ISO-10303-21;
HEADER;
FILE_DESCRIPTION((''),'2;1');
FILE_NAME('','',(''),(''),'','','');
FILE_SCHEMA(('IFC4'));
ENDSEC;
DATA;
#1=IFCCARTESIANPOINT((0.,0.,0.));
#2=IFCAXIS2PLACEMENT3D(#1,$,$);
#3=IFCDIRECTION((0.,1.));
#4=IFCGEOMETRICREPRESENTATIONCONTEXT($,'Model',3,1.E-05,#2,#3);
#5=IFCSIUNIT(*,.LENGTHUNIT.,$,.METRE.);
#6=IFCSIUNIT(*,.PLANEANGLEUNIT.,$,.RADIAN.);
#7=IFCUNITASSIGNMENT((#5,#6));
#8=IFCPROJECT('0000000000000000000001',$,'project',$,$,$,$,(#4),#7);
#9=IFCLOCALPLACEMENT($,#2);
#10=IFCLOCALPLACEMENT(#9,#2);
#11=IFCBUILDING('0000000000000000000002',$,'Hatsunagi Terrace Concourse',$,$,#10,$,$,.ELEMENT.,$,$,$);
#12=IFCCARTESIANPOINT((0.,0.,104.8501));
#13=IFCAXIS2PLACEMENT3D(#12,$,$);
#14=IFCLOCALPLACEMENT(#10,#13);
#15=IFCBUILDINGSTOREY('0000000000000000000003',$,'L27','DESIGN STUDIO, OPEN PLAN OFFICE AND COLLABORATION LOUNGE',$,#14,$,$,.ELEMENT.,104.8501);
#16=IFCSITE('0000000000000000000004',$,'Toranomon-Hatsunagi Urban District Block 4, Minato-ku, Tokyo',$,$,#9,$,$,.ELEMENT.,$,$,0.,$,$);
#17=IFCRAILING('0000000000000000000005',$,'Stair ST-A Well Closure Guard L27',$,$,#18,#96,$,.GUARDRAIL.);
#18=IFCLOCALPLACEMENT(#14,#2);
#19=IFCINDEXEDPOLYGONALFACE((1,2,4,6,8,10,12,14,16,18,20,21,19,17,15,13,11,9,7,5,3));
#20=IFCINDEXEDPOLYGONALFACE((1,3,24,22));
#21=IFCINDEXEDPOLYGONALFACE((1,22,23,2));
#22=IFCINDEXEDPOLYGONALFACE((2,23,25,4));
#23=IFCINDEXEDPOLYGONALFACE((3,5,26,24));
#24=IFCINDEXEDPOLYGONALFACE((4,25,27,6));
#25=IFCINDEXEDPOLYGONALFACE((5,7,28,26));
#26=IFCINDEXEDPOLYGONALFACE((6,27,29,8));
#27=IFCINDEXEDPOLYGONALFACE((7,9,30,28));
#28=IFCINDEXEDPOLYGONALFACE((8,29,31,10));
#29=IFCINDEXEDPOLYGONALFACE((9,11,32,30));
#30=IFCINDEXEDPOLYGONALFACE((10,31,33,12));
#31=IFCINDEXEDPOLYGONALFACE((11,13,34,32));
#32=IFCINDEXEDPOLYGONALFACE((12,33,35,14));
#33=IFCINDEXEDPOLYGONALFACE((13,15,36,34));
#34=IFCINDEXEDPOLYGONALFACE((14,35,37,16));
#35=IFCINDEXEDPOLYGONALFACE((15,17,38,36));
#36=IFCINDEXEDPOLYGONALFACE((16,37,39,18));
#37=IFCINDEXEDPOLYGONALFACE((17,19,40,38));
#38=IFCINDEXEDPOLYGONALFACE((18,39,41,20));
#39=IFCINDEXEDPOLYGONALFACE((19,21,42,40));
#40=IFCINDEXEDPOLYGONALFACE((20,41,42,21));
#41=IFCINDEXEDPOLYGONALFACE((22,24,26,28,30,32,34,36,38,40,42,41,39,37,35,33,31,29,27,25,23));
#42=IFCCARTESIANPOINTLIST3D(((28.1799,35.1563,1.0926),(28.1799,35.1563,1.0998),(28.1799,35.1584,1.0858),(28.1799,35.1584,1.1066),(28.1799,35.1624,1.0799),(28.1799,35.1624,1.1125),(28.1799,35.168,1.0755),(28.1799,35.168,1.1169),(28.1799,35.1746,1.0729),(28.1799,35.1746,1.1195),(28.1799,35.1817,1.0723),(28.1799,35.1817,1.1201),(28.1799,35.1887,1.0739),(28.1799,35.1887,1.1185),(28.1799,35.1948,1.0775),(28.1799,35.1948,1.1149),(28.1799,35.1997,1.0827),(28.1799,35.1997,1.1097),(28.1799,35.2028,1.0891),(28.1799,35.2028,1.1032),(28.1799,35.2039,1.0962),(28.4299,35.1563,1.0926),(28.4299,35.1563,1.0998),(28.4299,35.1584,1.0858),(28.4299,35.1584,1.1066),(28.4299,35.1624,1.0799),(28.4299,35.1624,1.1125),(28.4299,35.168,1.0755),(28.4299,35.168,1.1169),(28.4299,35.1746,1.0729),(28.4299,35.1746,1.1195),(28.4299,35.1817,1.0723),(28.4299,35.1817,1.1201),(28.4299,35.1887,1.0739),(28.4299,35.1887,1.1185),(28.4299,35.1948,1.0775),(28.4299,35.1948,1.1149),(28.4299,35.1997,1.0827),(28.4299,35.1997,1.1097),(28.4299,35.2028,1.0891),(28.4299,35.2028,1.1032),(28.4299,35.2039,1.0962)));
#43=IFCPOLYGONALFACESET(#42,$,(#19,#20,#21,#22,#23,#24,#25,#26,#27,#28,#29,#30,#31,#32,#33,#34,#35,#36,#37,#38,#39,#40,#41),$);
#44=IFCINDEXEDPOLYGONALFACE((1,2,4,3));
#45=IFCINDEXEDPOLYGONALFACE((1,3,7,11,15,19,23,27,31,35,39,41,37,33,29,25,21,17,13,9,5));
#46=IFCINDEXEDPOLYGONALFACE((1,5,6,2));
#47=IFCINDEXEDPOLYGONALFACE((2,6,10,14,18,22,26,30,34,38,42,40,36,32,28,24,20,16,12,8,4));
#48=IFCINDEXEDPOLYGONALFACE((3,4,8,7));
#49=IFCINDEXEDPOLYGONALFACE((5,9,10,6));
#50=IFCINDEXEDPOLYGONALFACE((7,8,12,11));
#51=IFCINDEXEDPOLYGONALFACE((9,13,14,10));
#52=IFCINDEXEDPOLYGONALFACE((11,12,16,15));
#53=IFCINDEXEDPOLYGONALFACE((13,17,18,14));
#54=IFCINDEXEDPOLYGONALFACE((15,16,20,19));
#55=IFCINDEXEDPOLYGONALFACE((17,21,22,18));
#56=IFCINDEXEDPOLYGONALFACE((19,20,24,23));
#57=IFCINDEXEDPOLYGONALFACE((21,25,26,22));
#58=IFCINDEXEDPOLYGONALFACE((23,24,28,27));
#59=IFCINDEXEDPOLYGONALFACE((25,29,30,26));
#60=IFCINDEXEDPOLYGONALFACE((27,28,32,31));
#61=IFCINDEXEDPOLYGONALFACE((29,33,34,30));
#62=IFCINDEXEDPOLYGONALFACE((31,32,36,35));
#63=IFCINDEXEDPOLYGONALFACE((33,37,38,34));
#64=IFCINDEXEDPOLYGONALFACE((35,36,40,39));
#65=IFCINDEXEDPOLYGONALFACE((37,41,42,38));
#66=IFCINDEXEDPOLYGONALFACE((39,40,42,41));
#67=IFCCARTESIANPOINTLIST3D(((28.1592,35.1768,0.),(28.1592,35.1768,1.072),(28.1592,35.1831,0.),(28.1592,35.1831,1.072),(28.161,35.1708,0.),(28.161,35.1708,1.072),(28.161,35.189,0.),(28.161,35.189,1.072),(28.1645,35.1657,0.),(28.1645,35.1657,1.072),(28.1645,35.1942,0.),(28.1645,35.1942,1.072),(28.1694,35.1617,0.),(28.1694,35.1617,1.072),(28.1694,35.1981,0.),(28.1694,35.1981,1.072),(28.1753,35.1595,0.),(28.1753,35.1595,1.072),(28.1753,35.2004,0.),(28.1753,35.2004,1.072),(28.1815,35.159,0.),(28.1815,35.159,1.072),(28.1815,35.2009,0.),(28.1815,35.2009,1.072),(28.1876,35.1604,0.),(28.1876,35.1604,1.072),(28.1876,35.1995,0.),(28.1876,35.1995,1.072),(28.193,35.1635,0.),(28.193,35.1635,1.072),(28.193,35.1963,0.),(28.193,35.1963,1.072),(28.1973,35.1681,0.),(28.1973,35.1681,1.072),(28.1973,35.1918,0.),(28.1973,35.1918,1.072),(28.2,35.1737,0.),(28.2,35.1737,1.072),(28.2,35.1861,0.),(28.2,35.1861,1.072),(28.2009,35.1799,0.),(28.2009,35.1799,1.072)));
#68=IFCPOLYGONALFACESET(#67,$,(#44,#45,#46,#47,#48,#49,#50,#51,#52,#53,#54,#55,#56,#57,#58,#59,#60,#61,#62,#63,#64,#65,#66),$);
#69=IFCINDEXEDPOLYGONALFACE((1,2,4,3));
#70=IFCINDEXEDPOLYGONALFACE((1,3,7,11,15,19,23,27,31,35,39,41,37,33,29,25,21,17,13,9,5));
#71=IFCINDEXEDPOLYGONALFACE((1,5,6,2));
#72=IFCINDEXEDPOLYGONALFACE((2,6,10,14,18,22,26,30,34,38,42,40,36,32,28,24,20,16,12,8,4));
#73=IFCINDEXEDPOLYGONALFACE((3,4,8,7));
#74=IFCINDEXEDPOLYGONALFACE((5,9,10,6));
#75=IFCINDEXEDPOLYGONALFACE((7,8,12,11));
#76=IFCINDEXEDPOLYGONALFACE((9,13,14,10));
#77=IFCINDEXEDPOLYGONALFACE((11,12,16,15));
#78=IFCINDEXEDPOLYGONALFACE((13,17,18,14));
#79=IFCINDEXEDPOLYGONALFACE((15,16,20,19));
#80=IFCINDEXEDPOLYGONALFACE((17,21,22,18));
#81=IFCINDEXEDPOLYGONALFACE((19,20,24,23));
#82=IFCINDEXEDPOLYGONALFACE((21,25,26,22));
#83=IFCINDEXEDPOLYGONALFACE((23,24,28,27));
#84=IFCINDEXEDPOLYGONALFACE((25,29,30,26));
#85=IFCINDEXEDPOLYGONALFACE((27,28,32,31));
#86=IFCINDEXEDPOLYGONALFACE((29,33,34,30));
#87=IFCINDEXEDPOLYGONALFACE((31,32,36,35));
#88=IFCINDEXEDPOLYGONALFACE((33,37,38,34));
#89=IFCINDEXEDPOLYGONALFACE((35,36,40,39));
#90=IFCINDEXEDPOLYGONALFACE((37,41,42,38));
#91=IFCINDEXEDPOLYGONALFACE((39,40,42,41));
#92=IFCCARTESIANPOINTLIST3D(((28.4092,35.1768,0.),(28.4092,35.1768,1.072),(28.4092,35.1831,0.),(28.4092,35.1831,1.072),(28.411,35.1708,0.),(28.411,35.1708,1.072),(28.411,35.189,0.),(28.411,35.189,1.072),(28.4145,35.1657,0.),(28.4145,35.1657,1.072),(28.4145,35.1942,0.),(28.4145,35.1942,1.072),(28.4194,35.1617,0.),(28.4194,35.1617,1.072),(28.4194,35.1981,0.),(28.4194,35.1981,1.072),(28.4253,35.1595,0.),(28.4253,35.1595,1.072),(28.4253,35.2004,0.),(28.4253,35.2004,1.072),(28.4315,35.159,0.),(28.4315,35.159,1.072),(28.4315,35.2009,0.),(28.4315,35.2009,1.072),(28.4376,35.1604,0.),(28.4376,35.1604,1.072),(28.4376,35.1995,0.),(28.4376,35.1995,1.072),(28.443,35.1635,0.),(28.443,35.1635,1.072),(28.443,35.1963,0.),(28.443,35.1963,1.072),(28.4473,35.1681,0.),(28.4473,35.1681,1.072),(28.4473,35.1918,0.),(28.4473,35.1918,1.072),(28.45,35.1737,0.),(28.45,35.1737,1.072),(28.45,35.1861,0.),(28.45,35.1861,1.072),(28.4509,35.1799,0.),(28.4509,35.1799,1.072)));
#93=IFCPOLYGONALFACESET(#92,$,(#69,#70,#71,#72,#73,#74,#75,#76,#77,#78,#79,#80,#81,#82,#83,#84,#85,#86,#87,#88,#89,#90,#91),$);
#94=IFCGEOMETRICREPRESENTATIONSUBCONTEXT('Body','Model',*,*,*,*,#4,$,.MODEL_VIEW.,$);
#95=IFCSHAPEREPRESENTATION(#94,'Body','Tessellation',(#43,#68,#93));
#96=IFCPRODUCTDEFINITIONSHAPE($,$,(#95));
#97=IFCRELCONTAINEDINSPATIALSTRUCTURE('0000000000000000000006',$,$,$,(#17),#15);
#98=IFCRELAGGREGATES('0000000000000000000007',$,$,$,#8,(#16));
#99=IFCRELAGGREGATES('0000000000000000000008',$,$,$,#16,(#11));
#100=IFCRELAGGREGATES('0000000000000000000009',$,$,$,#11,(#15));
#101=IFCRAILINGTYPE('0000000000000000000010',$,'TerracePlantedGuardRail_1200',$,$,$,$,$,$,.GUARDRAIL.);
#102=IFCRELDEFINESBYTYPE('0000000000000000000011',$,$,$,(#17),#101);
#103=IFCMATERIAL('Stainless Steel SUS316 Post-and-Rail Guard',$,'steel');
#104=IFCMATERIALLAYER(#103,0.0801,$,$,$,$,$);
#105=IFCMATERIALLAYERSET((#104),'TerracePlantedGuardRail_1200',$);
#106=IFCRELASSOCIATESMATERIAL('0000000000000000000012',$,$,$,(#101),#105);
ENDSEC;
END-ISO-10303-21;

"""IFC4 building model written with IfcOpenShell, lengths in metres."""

from ifc_helpers import new_model, si_unit, direction, frame, origin, origin_2d, place, context, subcontext, project, spatial, circle, extrude, material, layer, layer_set, type_object, element, save


model = new_model("IFC4")

# Units and contexts
model_context = context("Model", 3, precision=1e-05, world=origin(), true_north=direction((0.0, 1.0)))
body_context = subcontext(model_context, "Body", "Model", "MODEL_VIEW")
ifc_project = project(units=[si_unit("LENGTHUNIT", "METRE"), si_unit("PLANEANGLEUNIT", "RADIAN")], contexts=[model_context])

# Site, building, storey
site_placement = place(None, origin())
site = spatial("IfcSite", under=ifc_project, at=site_placement, Name="Toranomon-Hatsunagi Urban District Block 4, Minato-ku, Tokyo", CompositionType="ELEMENT", RefElevation=0.0)
building_placement = place(site_placement, origin())
building = spatial("IfcBuilding", under=site, at=building_placement, Name="Hatsunagi Terrace Concourse", CompositionType="ELEMENT")
storey_placement = place(building_placement, frame((0.0, 0.0, 104.8501)))
storey = spatial("IfcBuildingStorey", under=building, at=storey_placement, Name="L27", Description="DESIGN STUDIO, OPEN PLAN OFFICE AND COLLABORATION LOUNGE", CompositionType="ELEMENT", Elevation=104.8501)

# Railing
ifc_material_1 = material(Name="Stainless Steel SUS316 Post-and-Rail Guard", Category="steel")
ifc_layer_1 = layer(ifc_material_1, 0.0801)
ifc_layer_set_1 = layer_set([ifc_layer_1], Name="TerracePlantedGuardRail_1200")
railing_type_1 = type_object("IfcRailingType", Name="TerracePlantedGuardRail_1200", PredefinedType="GUARDRAIL", material=ifc_layer_set_1)
railing_1_placement = place(storey_placement, frame((28.1799, 35.1799, 0.0)))
element("IfcRailing", 1, at=railing_1_placement, inside=storey, type_object=railing_type_1, Name="Stair ST-A Well Closure Guard L27", PredefinedType="GUARDRAIL", context=body_context, shape_type="SweptSolid", body=[
    extrude(circle(Radius=0.0239, at=origin_2d()), frame((0.0, 0.0, 1.0962), z_axis=(1.0, 0.0, 0.0), x_axis=(0.0, 1.0, 0.0)), (0.0, 0.0, 1.0), 0.25),
    extrude(circle(Radius=0.021, at=origin_2d()), origin(), (0.0, 0.0, 1.0), 1.072),
    extrude(circle(Radius=0.021, at=origin_2d()), frame((0.25, 0.0, 0.0)), (0.0, 0.0, 1.0), 1.072),
])

save(model, "model.ifc")
